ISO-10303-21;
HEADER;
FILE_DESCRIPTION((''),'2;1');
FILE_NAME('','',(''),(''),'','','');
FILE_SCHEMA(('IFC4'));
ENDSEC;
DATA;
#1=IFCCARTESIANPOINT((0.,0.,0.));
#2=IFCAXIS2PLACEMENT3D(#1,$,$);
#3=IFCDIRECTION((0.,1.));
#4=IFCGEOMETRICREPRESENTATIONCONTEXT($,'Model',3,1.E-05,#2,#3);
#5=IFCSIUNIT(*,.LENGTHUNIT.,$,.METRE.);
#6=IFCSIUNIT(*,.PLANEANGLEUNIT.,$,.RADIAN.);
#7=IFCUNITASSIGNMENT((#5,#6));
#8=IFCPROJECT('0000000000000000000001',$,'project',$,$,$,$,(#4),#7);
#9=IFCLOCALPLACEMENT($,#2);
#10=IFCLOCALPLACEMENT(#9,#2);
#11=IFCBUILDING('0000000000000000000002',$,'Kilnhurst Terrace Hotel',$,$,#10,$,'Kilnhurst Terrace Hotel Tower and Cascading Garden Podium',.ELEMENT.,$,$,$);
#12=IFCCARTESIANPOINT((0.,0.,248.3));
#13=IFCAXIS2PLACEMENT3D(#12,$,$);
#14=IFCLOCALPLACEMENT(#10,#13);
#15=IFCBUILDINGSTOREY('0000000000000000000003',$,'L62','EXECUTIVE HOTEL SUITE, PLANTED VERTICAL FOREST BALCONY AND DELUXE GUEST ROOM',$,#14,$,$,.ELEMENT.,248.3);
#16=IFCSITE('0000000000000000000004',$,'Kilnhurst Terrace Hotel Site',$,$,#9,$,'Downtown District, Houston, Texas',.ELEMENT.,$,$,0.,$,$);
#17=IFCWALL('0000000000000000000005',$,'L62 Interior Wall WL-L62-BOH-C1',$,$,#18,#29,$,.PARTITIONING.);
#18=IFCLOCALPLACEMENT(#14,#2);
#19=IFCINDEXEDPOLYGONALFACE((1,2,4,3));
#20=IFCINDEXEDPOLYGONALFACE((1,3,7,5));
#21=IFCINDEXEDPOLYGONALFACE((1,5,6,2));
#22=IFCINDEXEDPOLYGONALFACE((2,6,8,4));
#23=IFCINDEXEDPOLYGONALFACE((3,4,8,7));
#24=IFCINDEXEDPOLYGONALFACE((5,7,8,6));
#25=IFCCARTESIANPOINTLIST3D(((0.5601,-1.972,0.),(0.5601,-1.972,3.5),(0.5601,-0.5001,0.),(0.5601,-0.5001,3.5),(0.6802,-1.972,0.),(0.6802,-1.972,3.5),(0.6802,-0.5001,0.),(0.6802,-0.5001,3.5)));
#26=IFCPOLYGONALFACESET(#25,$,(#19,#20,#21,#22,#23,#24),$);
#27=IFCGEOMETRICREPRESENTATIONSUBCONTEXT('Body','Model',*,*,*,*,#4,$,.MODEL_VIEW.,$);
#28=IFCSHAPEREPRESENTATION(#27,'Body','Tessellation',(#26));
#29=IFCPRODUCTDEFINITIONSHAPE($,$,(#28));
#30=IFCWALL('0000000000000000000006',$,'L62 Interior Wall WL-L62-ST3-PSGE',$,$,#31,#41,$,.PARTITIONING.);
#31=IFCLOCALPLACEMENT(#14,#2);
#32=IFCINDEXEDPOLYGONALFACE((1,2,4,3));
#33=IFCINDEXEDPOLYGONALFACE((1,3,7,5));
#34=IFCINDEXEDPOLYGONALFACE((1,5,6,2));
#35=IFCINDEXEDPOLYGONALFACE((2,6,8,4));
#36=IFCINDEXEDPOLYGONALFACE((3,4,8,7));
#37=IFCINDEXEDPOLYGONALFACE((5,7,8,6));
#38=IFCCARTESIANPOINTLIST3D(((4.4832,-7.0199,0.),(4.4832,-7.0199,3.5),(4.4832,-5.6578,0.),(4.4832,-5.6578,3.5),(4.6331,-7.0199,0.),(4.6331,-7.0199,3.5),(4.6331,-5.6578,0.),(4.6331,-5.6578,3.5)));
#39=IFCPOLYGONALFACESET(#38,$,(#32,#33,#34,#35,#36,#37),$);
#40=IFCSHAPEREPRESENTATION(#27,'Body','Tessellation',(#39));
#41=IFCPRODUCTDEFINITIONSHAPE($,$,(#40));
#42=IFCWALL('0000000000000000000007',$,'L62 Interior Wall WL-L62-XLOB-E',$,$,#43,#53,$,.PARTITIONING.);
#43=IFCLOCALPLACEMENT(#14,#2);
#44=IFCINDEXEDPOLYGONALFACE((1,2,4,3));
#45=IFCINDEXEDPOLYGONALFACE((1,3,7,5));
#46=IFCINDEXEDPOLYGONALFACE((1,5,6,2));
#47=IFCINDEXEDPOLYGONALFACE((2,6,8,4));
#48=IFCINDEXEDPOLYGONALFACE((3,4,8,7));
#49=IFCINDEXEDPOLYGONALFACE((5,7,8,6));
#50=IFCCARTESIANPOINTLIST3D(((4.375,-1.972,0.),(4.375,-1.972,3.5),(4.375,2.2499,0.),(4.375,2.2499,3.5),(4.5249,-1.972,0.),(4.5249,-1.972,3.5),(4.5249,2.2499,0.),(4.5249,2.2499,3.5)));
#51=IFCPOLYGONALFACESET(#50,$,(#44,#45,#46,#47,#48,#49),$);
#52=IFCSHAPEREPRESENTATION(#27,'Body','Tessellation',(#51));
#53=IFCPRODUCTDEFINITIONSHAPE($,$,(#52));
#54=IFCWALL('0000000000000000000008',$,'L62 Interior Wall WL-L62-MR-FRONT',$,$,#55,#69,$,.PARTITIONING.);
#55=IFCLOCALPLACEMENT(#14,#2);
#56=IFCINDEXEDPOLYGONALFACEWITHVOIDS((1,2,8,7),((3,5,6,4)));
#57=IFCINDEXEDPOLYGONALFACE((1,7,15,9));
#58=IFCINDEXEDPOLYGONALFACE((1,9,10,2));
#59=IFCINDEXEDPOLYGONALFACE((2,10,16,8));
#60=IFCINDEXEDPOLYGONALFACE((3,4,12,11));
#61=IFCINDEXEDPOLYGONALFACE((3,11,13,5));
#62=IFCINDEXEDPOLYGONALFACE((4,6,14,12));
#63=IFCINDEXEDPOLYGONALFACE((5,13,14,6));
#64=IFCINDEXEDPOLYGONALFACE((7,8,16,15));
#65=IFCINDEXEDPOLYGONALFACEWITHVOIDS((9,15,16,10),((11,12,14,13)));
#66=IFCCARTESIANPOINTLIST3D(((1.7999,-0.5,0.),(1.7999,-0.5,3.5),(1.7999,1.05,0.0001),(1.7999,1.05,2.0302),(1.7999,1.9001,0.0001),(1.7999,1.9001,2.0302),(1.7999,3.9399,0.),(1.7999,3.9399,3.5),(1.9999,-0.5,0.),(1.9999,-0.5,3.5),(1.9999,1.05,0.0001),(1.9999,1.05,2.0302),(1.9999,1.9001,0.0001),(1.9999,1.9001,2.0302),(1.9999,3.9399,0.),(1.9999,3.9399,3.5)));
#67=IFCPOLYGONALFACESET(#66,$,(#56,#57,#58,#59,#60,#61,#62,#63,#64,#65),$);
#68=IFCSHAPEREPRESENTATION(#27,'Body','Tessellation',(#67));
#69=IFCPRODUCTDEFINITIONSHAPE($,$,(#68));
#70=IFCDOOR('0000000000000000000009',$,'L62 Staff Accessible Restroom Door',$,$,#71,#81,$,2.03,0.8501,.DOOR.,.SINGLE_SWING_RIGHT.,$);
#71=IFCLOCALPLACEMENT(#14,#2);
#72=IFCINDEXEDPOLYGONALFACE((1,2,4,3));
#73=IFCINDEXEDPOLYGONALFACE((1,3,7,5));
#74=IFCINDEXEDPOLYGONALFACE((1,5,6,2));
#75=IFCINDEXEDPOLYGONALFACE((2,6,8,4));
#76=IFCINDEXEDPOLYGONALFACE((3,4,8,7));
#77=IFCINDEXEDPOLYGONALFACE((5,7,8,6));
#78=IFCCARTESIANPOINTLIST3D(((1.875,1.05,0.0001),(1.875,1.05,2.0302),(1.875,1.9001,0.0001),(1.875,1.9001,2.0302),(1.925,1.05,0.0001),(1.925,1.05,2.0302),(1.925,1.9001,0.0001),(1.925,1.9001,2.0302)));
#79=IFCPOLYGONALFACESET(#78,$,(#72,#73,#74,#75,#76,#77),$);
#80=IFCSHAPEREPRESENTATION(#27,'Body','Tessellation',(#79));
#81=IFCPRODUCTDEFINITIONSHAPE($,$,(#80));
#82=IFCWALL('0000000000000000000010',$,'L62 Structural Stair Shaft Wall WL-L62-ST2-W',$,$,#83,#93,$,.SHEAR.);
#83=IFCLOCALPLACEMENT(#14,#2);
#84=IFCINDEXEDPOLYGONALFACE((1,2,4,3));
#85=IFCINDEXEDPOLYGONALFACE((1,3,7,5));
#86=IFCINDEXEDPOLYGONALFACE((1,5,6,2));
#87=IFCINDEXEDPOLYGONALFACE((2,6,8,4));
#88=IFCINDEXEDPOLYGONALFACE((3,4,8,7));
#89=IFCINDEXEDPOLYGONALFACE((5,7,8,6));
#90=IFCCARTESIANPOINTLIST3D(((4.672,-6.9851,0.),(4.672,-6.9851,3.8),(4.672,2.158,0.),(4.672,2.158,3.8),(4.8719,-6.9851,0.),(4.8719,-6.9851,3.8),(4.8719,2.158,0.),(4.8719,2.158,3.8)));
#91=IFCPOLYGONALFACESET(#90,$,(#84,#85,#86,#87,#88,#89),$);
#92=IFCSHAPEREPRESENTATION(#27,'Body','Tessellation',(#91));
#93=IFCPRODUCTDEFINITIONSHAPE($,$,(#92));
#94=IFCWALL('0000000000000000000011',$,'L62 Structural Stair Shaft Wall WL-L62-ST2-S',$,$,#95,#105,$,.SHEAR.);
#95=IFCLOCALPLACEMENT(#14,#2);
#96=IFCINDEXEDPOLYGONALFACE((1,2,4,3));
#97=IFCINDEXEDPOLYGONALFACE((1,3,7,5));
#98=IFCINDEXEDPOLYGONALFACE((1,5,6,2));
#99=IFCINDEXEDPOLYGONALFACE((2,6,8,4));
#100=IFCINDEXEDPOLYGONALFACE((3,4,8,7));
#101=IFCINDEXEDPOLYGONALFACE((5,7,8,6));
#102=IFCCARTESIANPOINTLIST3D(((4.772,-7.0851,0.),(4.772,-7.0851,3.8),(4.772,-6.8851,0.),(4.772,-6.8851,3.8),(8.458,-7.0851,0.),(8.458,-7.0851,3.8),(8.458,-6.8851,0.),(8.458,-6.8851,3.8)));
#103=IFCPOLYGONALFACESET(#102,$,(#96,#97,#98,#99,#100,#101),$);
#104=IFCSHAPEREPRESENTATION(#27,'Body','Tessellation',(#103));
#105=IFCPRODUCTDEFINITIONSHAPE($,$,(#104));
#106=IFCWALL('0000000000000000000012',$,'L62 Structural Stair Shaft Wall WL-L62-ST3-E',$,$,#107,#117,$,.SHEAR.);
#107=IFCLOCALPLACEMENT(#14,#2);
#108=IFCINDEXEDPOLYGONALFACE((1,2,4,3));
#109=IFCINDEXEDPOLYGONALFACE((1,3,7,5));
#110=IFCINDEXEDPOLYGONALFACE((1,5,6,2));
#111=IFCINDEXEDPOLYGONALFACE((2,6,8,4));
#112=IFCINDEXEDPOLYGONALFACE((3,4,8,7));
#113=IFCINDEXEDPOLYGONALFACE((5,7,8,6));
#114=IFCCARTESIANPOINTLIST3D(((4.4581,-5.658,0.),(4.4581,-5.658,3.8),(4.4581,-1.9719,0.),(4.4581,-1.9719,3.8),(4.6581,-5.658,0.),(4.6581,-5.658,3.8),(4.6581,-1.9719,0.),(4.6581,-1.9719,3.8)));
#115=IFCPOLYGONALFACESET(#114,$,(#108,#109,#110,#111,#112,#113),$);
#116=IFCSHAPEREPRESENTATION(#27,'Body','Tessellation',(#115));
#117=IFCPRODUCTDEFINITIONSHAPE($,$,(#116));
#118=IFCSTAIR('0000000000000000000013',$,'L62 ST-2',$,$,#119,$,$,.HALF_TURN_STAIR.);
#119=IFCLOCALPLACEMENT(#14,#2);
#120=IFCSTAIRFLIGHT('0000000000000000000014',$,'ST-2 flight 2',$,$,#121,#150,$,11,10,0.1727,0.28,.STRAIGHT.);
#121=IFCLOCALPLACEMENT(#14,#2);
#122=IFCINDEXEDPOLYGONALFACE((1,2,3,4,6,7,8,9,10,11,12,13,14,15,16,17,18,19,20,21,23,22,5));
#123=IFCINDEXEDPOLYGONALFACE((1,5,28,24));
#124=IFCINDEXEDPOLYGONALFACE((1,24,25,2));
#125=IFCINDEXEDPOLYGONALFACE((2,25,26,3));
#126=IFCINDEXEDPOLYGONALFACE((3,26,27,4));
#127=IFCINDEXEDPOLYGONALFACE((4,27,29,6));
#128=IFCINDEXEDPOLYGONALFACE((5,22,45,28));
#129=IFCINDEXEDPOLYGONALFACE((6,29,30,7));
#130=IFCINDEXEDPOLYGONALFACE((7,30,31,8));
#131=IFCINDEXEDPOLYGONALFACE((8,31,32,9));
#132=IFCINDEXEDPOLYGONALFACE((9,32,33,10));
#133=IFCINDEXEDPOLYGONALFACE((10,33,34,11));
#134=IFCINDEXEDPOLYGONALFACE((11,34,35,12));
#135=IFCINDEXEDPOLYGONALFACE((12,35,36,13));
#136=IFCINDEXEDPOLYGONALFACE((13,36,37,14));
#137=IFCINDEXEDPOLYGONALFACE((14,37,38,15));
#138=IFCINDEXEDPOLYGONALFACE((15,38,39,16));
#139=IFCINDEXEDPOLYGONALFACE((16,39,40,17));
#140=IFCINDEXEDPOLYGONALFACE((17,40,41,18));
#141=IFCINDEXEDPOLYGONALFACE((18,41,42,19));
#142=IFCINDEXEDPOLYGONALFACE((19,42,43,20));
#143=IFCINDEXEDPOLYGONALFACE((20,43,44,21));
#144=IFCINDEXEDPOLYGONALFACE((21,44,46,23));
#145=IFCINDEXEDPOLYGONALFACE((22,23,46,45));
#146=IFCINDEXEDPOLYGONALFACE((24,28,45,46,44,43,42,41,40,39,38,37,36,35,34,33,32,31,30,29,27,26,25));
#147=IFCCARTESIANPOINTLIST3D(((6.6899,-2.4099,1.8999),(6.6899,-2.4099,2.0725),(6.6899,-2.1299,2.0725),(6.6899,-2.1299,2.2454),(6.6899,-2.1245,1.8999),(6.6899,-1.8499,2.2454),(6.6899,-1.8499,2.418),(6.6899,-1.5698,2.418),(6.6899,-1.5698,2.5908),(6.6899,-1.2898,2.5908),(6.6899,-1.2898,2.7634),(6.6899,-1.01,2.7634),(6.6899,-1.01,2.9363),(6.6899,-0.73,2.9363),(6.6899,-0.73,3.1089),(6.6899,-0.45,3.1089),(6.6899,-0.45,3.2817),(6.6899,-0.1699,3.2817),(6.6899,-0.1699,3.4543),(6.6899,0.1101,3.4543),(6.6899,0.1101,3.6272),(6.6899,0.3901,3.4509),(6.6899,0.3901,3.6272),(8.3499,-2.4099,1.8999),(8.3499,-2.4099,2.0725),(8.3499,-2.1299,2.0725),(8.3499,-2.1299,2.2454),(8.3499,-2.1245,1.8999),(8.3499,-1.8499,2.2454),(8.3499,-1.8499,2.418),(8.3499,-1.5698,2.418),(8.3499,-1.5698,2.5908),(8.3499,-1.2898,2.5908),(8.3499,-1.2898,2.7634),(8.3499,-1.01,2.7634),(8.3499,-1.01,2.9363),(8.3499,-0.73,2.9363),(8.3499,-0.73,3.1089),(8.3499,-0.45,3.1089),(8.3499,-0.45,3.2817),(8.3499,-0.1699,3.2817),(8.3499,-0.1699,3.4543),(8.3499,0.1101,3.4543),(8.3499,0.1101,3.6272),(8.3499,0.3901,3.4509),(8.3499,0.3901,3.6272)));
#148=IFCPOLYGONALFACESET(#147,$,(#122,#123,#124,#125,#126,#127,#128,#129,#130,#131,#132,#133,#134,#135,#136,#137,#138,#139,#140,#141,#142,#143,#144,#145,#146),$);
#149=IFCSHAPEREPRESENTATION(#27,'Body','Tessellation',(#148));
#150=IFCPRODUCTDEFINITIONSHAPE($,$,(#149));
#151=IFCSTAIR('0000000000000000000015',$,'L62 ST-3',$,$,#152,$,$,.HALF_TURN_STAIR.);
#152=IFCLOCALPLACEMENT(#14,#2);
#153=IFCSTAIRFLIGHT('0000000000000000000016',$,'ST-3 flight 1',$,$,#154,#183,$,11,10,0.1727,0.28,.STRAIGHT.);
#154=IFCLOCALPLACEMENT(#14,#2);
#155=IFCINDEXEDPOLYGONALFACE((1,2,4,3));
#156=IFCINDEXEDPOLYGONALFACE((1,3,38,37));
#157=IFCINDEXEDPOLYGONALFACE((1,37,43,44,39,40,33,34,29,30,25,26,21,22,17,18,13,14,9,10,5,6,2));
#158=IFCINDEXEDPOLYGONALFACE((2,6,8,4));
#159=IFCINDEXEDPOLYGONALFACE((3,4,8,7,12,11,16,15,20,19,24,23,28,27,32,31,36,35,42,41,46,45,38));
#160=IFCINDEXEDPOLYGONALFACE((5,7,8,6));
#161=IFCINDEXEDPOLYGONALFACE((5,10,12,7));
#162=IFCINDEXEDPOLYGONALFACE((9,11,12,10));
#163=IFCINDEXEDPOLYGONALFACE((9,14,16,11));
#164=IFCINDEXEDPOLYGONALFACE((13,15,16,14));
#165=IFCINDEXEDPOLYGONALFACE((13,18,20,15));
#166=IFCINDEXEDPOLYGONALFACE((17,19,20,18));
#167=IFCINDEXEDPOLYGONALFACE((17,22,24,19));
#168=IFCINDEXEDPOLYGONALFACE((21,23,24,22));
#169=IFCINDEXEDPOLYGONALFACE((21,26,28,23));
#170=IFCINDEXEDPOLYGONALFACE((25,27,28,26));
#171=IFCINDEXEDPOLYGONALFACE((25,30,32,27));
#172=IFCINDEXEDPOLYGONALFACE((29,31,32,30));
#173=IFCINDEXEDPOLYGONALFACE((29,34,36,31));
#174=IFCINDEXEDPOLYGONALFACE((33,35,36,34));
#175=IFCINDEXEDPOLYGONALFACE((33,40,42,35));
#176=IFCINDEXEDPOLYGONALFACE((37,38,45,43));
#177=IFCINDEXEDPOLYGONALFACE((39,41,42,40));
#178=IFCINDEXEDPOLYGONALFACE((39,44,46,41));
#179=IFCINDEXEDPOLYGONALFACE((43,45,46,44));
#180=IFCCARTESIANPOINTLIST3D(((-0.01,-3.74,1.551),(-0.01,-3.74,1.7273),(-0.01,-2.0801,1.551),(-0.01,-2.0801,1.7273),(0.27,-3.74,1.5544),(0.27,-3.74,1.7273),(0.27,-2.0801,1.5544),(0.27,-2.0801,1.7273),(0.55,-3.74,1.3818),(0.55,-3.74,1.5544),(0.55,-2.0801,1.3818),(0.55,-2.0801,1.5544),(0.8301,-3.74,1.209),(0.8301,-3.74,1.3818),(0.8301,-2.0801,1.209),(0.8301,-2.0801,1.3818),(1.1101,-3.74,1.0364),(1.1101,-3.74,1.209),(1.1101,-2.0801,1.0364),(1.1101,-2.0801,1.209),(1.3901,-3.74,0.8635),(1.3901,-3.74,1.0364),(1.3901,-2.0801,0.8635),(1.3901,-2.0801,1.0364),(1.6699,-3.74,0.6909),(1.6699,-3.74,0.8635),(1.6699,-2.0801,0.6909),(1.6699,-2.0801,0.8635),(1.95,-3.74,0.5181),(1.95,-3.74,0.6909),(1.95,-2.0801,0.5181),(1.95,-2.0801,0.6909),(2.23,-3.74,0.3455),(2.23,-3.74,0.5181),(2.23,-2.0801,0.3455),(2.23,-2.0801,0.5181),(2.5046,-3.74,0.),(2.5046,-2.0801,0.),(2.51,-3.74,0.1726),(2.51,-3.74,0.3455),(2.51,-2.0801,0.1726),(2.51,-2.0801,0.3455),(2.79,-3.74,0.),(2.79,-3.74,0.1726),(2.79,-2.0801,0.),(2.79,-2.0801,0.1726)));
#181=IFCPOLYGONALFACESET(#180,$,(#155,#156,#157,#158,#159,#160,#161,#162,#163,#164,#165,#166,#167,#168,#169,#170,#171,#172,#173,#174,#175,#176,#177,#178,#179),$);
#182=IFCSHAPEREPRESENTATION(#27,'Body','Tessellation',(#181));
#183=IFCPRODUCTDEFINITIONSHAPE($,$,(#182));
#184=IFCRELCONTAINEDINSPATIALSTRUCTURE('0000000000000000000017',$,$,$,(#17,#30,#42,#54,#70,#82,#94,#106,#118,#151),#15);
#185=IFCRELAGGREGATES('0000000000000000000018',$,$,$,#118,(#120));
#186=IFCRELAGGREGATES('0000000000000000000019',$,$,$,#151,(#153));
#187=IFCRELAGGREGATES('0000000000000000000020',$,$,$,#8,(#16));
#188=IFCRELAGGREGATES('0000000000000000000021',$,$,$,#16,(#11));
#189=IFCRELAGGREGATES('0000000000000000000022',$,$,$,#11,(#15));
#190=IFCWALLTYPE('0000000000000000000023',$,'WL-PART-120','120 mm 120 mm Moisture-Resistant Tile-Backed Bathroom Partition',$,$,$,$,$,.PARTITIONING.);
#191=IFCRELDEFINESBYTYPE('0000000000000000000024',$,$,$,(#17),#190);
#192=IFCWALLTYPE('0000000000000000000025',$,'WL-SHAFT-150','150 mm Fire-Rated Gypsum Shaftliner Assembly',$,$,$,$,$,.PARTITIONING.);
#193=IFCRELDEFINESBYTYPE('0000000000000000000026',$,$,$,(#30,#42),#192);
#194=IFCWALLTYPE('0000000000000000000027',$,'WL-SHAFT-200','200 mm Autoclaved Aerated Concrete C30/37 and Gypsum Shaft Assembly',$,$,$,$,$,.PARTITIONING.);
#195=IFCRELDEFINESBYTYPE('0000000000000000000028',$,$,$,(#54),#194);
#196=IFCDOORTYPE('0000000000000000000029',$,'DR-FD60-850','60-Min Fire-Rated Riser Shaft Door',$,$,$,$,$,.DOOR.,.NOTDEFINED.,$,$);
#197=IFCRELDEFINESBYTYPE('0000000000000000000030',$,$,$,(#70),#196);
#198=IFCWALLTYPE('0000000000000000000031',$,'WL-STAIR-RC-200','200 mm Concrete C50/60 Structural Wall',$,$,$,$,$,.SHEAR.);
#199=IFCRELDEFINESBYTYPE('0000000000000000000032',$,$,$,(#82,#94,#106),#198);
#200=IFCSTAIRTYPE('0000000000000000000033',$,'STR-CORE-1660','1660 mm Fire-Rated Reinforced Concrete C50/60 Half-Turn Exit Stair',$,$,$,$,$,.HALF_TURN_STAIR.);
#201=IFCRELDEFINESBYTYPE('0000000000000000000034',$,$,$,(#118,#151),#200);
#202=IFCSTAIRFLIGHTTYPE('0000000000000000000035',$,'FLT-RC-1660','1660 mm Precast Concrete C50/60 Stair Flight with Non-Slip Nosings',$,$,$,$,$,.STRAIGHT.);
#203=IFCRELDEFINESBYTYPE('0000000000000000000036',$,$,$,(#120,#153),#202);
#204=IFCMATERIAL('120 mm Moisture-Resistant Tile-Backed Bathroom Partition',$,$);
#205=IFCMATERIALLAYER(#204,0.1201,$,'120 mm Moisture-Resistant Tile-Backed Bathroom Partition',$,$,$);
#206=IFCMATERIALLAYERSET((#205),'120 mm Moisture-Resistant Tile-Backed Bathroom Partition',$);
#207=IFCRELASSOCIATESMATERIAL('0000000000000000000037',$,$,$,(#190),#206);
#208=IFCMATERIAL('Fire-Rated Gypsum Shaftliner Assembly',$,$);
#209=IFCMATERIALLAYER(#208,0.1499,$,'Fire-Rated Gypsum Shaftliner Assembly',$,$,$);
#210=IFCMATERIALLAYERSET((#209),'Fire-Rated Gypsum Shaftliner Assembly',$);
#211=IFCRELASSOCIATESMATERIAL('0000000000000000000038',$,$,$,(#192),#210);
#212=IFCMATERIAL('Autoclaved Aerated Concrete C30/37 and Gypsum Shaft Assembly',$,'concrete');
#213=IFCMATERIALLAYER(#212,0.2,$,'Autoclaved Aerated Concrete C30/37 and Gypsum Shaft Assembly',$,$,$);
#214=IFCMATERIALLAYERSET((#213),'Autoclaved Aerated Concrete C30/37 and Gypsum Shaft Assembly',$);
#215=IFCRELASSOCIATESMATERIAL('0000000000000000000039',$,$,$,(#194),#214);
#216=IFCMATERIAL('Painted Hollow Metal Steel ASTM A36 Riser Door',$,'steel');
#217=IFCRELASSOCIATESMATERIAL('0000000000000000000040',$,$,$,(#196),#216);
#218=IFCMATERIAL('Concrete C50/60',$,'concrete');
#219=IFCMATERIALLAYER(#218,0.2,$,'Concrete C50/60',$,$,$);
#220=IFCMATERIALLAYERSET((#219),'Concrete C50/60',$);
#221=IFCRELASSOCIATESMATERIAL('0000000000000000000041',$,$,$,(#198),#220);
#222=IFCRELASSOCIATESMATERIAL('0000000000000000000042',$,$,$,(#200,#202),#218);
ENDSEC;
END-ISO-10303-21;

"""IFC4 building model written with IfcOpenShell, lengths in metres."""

from ifc_helpers import new_model, si_unit, direction, frame, frame_2d, origin, place, context, subcontext, project, spatial, polyline, rectangle, outline, extrude, material, layer, layer_set, type_object, element, fill, aggregate, save


model = new_model("IFC4")

# Units and contexts
model_context = context("Model", 3, precision=1e-05, world=origin(), true_north=direction((0.0, 1.0)))
body_context = subcontext(model_context, "Body", "Model", "MODEL_VIEW")
ifc_project = project(units=[si_unit("LENGTHUNIT", "METRE"), si_unit("PLANEANGLEUNIT", "RADIAN")], contexts=[model_context])

# Site, building, storey
site_placement = place(None, origin())
site = spatial("IfcSite", under=ifc_project, at=site_placement, Name="Kilnhurst Terrace Hotel Site", LongName="Downtown District, Houston, Texas", CompositionType="ELEMENT", RefElevation=0.0)
building_placement = place(site_placement, origin())
building = spatial("IfcBuilding", under=site, at=building_placement, Name="Kilnhurst Terrace Hotel", LongName="Kilnhurst Terrace Hotel Tower and Cascading Garden Podium", CompositionType="ELEMENT")
storey_placement = place(building_placement, frame((0.0, 0.0, 248.3)))
storey = spatial("IfcBuildingStorey", under=building, at=storey_placement, Name="L62", Description="EXECUTIVE HOTEL SUITE, PLANTED VERTICAL FOREST BALCONY AND DELUXE GUEST ROOM", CompositionType="ELEMENT", Elevation=248.3)

# Walls
ifc_material_1 = material(Name="120 mm Moisture-Resistant Tile-Backed Bathroom Partition")
ifc_layer_1 = layer(ifc_material_1, 0.1201, Name="120 mm Moisture-Resistant Tile-Backed Bathroom Partition")
ifc_layer_set_1 = layer_set([ifc_layer_1], Name="120 mm Moisture-Resistant Tile-Backed Bathroom Partition")
wall_type_1 = type_object("IfcWallType", Name="WL-PART-120", Description="120 mm 120 mm Moisture-Resistant Tile-Backed Bathroom Partition", PredefinedType="PARTITIONING", material=ifc_layer_set_1)
wall_1_placement = place(storey_placement, frame((0.6201, -1.9719, 0.0), z_axis=(0.0, 0.0, 1.0), x_axis=(0.0, 1.0, 0.0)))
element("IfcWall", 1, at=wall_1_placement, inside=storey, type_object=wall_type_1, Name="L62 Interior Wall WL-L62-BOH-C1", PredefinedType="PARTITIONING", context=body_context, shape_type="SweptSolid", body=[
    extrude(rectangle(XDim=1.4719, YDim=0.1201, at=frame_2d((0.7358, 0.0))), origin(), (0.0, 0.0, 1.0), 3.5),
])
ifc_material_2 = material(Name="Fire-Rated Gypsum Shaftliner Assembly")
ifc_layer_2 = layer(ifc_material_2, 0.1499, Name="Fire-Rated Gypsum Shaftliner Assembly")
ifc_layer_set_2 = layer_set([ifc_layer_2], Name="Fire-Rated Gypsum Shaftliner Assembly")
wall_type_2 = type_object("IfcWallType", Name="WL-SHAFT-150", Description="150 mm Fire-Rated Gypsum Shaftliner Assembly", PredefinedType="PARTITIONING", material=ifc_layer_set_2)
wall_2_placement = place(storey_placement, frame((4.5581, -7.02, 0.0), z_axis=(0.0, 0.0, 1.0), x_axis=(0.0, 1.0, 0.0)))
element("IfcWall", 2, at=wall_2_placement, inside=storey, type_object=wall_type_2, Name="L62 Interior Wall WL-L62-ST3-PSGE", PredefinedType="PARTITIONING", context=body_context, shape_type="SweptSolid", body=[
    extrude(rectangle(XDim=1.3621, YDim=0.1499, at=frame_2d((0.6812, 0.0))), origin(), (0.0, 0.0, 1.0), 3.5),
])
wall_3_placement = place(storey_placement, frame((4.45, -1.9719, 0.0), z_axis=(0.0, 0.0, 1.0), x_axis=(0.0, 1.0, 0.0)))
element("IfcWall", 3, at=wall_3_placement, inside=storey, type_object=wall_type_2, Name="L62 Interior Wall WL-L62-XLOB-E", PredefinedType="PARTITIONING", context=body_context, shape_type="SweptSolid", body=[
    extrude(rectangle(XDim=4.2219, YDim=0.1499, at=frame_2d((2.1108, 0.0))), origin(), (0.0, 0.0, 1.0), 3.5),
])

# Wall, opening, door
ifc_material_3 = material(Name="Autoclaved Aerated Concrete C30/37 and Gypsum Shaft Assembly", Category="concrete")
ifc_layer_3 = layer(ifc_material_3, 0.2, Name="Autoclaved Aerated Concrete C30/37 and Gypsum Shaft Assembly")
ifc_layer_set_3 = layer_set([ifc_layer_3], Name="Autoclaved Aerated Concrete C30/37 and Gypsum Shaft Assembly")
wall_type_3 = type_object("IfcWallType", Name="WL-SHAFT-200", Description="200 mm Autoclaved Aerated Concrete C30/37 and Gypsum Shaft Assembly", PredefinedType="PARTITIONING", material=ifc_layer_set_3)
wall_4_placement = place(storey_placement, frame((1.8999, -0.5, 0.0), z_axis=(0.0, 0.0, 1.0), x_axis=(0.0, 1.0, 0.0)))
wall_4 = element("IfcWall", 4, at=wall_4_placement, inside=storey, type_object=wall_type_3, Name="L62 Interior Wall WL-L62-MR-FRONT", PredefinedType="PARTITIONING", context=body_context, shape_type="SweptSolid", body=[
    extrude(rectangle(XDim=4.4399, YDim=0.2, at=frame_2d((2.22, 0.0))), origin(), (0.0, 0.0, 1.0), 3.5),
])
opening_placement = place(wall_4_placement, frame((1.55, 0.0, 0.0)))
opening = element("IfcOpeningElement", 5, at=opening_placement, cuts=wall_4, PredefinedType="OPENING", context=body_context, shape_type="SweptSolid", body=[
    extrude(rectangle(XDim=0.8501, YDim=2.03, at=frame_2d((0.425, 1.0151))), frame((0.0, 0.1099, 0.0), z_axis=(0.0, -1.0, 0.0), x_axis=(1.0, 0.0, 0.0)), (0.0, 0.0, 1.0), 0.22),
])
ifc_material_4 = material(Name="Painted Hollow Metal Steel ASTM A36 Riser Door", Category="steel")
door_type = type_object("IfcDoorType", Name="DR-FD60-850", Description="60-Min Fire-Rated Riser Shaft Door", OperationType="NOTDEFINED", PredefinedType="DOOR", material=ifc_material_4)
door_placement = place(opening_placement, origin())
door = element("IfcDoor", 6, at=door_placement, inside=storey, type_object=door_type, Name="L62 Staff Accessible Restroom Door", OperationType="SINGLE_SWING_RIGHT", OverallHeight=2.03, OverallWidth=0.8501, PredefinedType="DOOR", context=body_context, shape_type="SweptSolid", body=[
    extrude(rectangle(XDim=0.8501, YDim=2.03, at=frame_2d((0.425, 1.0151))), frame((0.0, 0.0249, 0.0), z_axis=(0.0, -1.0, 0.0), x_axis=(1.0, 0.0, 0.0)), (0.0, 0.0, 1.0), 0.05),
])
fill(opening, door)

# Walls
ifc_material_5 = material(Name="Concrete C50/60", Category="concrete")
ifc_layer_4 = layer(ifc_material_5, 0.2, Name="Concrete C50/60")
ifc_layer_set_4 = layer_set([ifc_layer_4], Name="Concrete C50/60")
wall_type_4 = type_object("IfcWallType", Name="WL-STAIR-RC-200", Description="200 mm Concrete C50/60 Structural Wall", PredefinedType="SHEAR", material=ifc_layer_set_4)
wall_5_placement = place(storey_placement, frame((4.772, -6.9851, 0.0), z_axis=(0.0, 0.0, 1.0), x_axis=(0.0, 1.0, 0.0)))
element("IfcWall", 7, at=wall_5_placement, inside=storey, type_object=wall_type_4, Name="L62 Structural Stair Shaft Wall WL-L62-ST2-W", PredefinedType="SHEAR", context=body_context, shape_type="SweptSolid", body=[
    extrude(rectangle(XDim=9.1431, YDim=0.2, at=frame_2d((4.5715, 0.0))), origin(), (0.0, 0.0, 1.0), 3.8),
])
for number, where, z_axis, x_axis, name in (
    (8, (4.772, -6.9851, 0.0), (0.0, 0.0, 1.0), (1.0, 0.0, 0.0), "L62 Structural Stair Shaft Wall WL-L62-ST2-S"),
    (9, (4.5581, -5.658, 0.0), (0.0, 0.0, 1.0), (0.0, 1.0, 0.0), "L62 Structural Stair Shaft Wall WL-L62-ST3-E"),
):
    element("IfcWall", number, at=place(storey_placement, frame(where, z_axis=z_axis, x_axis=x_axis)), inside=storey, type_object=wall_type_4, Name=name, PredefinedType="SHEAR", context=body_context, shape_type="SweptSolid", body=[
        extrude(rectangle(XDim=3.686, YDim=0.2, at=frame_2d((1.843, 0.0))), origin(), (0.0, 0.0, 1.0), 3.8),
    ])

# Stair, stair flight
stair_type = type_object("IfcStairType", Name="STR-CORE-1660", Description="1660 mm Fire-Rated Reinforced Concrete C50/60 Half-Turn Exit Stair", PredefinedType="HALF_TURN_STAIR", material=ifc_material_5)
stair_1_placement = place(storey_placement, origin())
stair_1 = element("IfcStair", 10, at=stair_1_placement, inside=storey, type_object=stair_type, Name="L62 ST-2", PredefinedType="HALF_TURN_STAIR")
stair_flight_type = type_object("IfcStairFlightType", Name="FLT-RC-1660", Description="1660 mm Precast Concrete C50/60 Stair Flight with Non-Slip Nosings", PredefinedType="STRAIGHT", material=ifc_material_5)
stair_flight_1_placement = place(storey_placement, frame((7.52, -2.4099, 1.8999), z_axis=(0.0, 0.0, 1.0), x_axis=(0.0, 1.0, 0.0)))
stair_flight_1 = element("IfcStairFlight", 11, at=stair_flight_1_placement, type_object=stair_flight_type, Name="ST-2 flight 2", NumberOfRisers=11, NumberOfTreads=10, PredefinedType="STRAIGHT", RiserHeight=0.1727, TreadLength=0.28, context=body_context, shape_type="SweptSolid", body=[
    extrude(outline(polyline([(0.0, 0.0), (0.0, 0.1726), (0.28, 0.1726), (0.28, 0.3455), (0.5601, 0.3455), (0.5601, 0.5181), (0.8401, 0.5181), (0.8401, 0.6909), (1.1201, 0.6909), (1.1201, 0.8635), (1.3999, 0.8635), (1.3999, 1.0364), (1.6799, 1.0364), (1.6799, 1.209), (1.96, 1.209), (1.96, 1.3818), (2.24, 1.3818), (2.24, 1.5544), (2.52, 1.5544), (2.52, 1.7273), (2.8, 1.7273), (2.8, 1.8999), (2.8, 1.551), (0.2854, 0.0), (0.0, 0.0)])), frame((0.0, 0.8301, 0.0), z_axis=(0.0, -1.0, 0.0), x_axis=(1.0, 0.0, 0.0)), (0.0, 0.0, 1.0), 1.6599),
])
aggregate(stair_1, [stair_flight_1])

# Stair, stair flight
stair_2_placement = place(storey_placement, origin())
stair_2 = element("IfcStair", 12, at=stair_2_placement, inside=storey, type_object=stair_type, Name="L62 ST-3", PredefinedType="HALF_TURN_STAIR")
stair_flight_2_placement = place(storey_placement, frame((2.79, -2.9099, 0.0), z_axis=(0.0, 0.0, 1.0), x_axis=(-1.0, 0.0, 0.0)))
stair_flight_2 = element("IfcStairFlight", 13, at=stair_flight_2_placement, type_object=stair_flight_type, Name="ST-3 flight 1", NumberOfRisers=11, NumberOfTreads=10, PredefinedType="STRAIGHT", RiserHeight=0.1727, TreadLength=0.28, context=body_context, shape_type="SweptSolid", body=[
    extrude(outline(polyline([(0.0, 0.0), (0.0, 0.1726), (0.28, 0.1726), (0.28, 0.3455), (0.5601, 0.3455), (0.5601, 0.5181), (0.8401, 0.5181), (0.8401, 0.6909), (1.1201, 0.6909), (1.1201, 0.8635), (1.3999, 0.8635), (1.3999, 1.0364), (1.6799, 1.0364), (1.6799, 1.209), (1.96, 1.209), (1.96, 1.3818), (2.24, 1.3818), (2.24, 1.5544), (2.52, 1.5544), (2.52, 1.7273), (2.8, 1.7273), (2.8, 1.8999), (2.8, 1.551), (0.2854, 0.0), (0.0, 0.0)])), frame((0.0, 0.8301, 0.0), z_axis=(0.0, -1.0, 0.0), x_axis=(1.0, 0.0, 0.0)), (0.0, 0.0, 1.0), 1.6599),
])
aggregate(stair_2, [stair_flight_2])

save(model, "model.ifc")
